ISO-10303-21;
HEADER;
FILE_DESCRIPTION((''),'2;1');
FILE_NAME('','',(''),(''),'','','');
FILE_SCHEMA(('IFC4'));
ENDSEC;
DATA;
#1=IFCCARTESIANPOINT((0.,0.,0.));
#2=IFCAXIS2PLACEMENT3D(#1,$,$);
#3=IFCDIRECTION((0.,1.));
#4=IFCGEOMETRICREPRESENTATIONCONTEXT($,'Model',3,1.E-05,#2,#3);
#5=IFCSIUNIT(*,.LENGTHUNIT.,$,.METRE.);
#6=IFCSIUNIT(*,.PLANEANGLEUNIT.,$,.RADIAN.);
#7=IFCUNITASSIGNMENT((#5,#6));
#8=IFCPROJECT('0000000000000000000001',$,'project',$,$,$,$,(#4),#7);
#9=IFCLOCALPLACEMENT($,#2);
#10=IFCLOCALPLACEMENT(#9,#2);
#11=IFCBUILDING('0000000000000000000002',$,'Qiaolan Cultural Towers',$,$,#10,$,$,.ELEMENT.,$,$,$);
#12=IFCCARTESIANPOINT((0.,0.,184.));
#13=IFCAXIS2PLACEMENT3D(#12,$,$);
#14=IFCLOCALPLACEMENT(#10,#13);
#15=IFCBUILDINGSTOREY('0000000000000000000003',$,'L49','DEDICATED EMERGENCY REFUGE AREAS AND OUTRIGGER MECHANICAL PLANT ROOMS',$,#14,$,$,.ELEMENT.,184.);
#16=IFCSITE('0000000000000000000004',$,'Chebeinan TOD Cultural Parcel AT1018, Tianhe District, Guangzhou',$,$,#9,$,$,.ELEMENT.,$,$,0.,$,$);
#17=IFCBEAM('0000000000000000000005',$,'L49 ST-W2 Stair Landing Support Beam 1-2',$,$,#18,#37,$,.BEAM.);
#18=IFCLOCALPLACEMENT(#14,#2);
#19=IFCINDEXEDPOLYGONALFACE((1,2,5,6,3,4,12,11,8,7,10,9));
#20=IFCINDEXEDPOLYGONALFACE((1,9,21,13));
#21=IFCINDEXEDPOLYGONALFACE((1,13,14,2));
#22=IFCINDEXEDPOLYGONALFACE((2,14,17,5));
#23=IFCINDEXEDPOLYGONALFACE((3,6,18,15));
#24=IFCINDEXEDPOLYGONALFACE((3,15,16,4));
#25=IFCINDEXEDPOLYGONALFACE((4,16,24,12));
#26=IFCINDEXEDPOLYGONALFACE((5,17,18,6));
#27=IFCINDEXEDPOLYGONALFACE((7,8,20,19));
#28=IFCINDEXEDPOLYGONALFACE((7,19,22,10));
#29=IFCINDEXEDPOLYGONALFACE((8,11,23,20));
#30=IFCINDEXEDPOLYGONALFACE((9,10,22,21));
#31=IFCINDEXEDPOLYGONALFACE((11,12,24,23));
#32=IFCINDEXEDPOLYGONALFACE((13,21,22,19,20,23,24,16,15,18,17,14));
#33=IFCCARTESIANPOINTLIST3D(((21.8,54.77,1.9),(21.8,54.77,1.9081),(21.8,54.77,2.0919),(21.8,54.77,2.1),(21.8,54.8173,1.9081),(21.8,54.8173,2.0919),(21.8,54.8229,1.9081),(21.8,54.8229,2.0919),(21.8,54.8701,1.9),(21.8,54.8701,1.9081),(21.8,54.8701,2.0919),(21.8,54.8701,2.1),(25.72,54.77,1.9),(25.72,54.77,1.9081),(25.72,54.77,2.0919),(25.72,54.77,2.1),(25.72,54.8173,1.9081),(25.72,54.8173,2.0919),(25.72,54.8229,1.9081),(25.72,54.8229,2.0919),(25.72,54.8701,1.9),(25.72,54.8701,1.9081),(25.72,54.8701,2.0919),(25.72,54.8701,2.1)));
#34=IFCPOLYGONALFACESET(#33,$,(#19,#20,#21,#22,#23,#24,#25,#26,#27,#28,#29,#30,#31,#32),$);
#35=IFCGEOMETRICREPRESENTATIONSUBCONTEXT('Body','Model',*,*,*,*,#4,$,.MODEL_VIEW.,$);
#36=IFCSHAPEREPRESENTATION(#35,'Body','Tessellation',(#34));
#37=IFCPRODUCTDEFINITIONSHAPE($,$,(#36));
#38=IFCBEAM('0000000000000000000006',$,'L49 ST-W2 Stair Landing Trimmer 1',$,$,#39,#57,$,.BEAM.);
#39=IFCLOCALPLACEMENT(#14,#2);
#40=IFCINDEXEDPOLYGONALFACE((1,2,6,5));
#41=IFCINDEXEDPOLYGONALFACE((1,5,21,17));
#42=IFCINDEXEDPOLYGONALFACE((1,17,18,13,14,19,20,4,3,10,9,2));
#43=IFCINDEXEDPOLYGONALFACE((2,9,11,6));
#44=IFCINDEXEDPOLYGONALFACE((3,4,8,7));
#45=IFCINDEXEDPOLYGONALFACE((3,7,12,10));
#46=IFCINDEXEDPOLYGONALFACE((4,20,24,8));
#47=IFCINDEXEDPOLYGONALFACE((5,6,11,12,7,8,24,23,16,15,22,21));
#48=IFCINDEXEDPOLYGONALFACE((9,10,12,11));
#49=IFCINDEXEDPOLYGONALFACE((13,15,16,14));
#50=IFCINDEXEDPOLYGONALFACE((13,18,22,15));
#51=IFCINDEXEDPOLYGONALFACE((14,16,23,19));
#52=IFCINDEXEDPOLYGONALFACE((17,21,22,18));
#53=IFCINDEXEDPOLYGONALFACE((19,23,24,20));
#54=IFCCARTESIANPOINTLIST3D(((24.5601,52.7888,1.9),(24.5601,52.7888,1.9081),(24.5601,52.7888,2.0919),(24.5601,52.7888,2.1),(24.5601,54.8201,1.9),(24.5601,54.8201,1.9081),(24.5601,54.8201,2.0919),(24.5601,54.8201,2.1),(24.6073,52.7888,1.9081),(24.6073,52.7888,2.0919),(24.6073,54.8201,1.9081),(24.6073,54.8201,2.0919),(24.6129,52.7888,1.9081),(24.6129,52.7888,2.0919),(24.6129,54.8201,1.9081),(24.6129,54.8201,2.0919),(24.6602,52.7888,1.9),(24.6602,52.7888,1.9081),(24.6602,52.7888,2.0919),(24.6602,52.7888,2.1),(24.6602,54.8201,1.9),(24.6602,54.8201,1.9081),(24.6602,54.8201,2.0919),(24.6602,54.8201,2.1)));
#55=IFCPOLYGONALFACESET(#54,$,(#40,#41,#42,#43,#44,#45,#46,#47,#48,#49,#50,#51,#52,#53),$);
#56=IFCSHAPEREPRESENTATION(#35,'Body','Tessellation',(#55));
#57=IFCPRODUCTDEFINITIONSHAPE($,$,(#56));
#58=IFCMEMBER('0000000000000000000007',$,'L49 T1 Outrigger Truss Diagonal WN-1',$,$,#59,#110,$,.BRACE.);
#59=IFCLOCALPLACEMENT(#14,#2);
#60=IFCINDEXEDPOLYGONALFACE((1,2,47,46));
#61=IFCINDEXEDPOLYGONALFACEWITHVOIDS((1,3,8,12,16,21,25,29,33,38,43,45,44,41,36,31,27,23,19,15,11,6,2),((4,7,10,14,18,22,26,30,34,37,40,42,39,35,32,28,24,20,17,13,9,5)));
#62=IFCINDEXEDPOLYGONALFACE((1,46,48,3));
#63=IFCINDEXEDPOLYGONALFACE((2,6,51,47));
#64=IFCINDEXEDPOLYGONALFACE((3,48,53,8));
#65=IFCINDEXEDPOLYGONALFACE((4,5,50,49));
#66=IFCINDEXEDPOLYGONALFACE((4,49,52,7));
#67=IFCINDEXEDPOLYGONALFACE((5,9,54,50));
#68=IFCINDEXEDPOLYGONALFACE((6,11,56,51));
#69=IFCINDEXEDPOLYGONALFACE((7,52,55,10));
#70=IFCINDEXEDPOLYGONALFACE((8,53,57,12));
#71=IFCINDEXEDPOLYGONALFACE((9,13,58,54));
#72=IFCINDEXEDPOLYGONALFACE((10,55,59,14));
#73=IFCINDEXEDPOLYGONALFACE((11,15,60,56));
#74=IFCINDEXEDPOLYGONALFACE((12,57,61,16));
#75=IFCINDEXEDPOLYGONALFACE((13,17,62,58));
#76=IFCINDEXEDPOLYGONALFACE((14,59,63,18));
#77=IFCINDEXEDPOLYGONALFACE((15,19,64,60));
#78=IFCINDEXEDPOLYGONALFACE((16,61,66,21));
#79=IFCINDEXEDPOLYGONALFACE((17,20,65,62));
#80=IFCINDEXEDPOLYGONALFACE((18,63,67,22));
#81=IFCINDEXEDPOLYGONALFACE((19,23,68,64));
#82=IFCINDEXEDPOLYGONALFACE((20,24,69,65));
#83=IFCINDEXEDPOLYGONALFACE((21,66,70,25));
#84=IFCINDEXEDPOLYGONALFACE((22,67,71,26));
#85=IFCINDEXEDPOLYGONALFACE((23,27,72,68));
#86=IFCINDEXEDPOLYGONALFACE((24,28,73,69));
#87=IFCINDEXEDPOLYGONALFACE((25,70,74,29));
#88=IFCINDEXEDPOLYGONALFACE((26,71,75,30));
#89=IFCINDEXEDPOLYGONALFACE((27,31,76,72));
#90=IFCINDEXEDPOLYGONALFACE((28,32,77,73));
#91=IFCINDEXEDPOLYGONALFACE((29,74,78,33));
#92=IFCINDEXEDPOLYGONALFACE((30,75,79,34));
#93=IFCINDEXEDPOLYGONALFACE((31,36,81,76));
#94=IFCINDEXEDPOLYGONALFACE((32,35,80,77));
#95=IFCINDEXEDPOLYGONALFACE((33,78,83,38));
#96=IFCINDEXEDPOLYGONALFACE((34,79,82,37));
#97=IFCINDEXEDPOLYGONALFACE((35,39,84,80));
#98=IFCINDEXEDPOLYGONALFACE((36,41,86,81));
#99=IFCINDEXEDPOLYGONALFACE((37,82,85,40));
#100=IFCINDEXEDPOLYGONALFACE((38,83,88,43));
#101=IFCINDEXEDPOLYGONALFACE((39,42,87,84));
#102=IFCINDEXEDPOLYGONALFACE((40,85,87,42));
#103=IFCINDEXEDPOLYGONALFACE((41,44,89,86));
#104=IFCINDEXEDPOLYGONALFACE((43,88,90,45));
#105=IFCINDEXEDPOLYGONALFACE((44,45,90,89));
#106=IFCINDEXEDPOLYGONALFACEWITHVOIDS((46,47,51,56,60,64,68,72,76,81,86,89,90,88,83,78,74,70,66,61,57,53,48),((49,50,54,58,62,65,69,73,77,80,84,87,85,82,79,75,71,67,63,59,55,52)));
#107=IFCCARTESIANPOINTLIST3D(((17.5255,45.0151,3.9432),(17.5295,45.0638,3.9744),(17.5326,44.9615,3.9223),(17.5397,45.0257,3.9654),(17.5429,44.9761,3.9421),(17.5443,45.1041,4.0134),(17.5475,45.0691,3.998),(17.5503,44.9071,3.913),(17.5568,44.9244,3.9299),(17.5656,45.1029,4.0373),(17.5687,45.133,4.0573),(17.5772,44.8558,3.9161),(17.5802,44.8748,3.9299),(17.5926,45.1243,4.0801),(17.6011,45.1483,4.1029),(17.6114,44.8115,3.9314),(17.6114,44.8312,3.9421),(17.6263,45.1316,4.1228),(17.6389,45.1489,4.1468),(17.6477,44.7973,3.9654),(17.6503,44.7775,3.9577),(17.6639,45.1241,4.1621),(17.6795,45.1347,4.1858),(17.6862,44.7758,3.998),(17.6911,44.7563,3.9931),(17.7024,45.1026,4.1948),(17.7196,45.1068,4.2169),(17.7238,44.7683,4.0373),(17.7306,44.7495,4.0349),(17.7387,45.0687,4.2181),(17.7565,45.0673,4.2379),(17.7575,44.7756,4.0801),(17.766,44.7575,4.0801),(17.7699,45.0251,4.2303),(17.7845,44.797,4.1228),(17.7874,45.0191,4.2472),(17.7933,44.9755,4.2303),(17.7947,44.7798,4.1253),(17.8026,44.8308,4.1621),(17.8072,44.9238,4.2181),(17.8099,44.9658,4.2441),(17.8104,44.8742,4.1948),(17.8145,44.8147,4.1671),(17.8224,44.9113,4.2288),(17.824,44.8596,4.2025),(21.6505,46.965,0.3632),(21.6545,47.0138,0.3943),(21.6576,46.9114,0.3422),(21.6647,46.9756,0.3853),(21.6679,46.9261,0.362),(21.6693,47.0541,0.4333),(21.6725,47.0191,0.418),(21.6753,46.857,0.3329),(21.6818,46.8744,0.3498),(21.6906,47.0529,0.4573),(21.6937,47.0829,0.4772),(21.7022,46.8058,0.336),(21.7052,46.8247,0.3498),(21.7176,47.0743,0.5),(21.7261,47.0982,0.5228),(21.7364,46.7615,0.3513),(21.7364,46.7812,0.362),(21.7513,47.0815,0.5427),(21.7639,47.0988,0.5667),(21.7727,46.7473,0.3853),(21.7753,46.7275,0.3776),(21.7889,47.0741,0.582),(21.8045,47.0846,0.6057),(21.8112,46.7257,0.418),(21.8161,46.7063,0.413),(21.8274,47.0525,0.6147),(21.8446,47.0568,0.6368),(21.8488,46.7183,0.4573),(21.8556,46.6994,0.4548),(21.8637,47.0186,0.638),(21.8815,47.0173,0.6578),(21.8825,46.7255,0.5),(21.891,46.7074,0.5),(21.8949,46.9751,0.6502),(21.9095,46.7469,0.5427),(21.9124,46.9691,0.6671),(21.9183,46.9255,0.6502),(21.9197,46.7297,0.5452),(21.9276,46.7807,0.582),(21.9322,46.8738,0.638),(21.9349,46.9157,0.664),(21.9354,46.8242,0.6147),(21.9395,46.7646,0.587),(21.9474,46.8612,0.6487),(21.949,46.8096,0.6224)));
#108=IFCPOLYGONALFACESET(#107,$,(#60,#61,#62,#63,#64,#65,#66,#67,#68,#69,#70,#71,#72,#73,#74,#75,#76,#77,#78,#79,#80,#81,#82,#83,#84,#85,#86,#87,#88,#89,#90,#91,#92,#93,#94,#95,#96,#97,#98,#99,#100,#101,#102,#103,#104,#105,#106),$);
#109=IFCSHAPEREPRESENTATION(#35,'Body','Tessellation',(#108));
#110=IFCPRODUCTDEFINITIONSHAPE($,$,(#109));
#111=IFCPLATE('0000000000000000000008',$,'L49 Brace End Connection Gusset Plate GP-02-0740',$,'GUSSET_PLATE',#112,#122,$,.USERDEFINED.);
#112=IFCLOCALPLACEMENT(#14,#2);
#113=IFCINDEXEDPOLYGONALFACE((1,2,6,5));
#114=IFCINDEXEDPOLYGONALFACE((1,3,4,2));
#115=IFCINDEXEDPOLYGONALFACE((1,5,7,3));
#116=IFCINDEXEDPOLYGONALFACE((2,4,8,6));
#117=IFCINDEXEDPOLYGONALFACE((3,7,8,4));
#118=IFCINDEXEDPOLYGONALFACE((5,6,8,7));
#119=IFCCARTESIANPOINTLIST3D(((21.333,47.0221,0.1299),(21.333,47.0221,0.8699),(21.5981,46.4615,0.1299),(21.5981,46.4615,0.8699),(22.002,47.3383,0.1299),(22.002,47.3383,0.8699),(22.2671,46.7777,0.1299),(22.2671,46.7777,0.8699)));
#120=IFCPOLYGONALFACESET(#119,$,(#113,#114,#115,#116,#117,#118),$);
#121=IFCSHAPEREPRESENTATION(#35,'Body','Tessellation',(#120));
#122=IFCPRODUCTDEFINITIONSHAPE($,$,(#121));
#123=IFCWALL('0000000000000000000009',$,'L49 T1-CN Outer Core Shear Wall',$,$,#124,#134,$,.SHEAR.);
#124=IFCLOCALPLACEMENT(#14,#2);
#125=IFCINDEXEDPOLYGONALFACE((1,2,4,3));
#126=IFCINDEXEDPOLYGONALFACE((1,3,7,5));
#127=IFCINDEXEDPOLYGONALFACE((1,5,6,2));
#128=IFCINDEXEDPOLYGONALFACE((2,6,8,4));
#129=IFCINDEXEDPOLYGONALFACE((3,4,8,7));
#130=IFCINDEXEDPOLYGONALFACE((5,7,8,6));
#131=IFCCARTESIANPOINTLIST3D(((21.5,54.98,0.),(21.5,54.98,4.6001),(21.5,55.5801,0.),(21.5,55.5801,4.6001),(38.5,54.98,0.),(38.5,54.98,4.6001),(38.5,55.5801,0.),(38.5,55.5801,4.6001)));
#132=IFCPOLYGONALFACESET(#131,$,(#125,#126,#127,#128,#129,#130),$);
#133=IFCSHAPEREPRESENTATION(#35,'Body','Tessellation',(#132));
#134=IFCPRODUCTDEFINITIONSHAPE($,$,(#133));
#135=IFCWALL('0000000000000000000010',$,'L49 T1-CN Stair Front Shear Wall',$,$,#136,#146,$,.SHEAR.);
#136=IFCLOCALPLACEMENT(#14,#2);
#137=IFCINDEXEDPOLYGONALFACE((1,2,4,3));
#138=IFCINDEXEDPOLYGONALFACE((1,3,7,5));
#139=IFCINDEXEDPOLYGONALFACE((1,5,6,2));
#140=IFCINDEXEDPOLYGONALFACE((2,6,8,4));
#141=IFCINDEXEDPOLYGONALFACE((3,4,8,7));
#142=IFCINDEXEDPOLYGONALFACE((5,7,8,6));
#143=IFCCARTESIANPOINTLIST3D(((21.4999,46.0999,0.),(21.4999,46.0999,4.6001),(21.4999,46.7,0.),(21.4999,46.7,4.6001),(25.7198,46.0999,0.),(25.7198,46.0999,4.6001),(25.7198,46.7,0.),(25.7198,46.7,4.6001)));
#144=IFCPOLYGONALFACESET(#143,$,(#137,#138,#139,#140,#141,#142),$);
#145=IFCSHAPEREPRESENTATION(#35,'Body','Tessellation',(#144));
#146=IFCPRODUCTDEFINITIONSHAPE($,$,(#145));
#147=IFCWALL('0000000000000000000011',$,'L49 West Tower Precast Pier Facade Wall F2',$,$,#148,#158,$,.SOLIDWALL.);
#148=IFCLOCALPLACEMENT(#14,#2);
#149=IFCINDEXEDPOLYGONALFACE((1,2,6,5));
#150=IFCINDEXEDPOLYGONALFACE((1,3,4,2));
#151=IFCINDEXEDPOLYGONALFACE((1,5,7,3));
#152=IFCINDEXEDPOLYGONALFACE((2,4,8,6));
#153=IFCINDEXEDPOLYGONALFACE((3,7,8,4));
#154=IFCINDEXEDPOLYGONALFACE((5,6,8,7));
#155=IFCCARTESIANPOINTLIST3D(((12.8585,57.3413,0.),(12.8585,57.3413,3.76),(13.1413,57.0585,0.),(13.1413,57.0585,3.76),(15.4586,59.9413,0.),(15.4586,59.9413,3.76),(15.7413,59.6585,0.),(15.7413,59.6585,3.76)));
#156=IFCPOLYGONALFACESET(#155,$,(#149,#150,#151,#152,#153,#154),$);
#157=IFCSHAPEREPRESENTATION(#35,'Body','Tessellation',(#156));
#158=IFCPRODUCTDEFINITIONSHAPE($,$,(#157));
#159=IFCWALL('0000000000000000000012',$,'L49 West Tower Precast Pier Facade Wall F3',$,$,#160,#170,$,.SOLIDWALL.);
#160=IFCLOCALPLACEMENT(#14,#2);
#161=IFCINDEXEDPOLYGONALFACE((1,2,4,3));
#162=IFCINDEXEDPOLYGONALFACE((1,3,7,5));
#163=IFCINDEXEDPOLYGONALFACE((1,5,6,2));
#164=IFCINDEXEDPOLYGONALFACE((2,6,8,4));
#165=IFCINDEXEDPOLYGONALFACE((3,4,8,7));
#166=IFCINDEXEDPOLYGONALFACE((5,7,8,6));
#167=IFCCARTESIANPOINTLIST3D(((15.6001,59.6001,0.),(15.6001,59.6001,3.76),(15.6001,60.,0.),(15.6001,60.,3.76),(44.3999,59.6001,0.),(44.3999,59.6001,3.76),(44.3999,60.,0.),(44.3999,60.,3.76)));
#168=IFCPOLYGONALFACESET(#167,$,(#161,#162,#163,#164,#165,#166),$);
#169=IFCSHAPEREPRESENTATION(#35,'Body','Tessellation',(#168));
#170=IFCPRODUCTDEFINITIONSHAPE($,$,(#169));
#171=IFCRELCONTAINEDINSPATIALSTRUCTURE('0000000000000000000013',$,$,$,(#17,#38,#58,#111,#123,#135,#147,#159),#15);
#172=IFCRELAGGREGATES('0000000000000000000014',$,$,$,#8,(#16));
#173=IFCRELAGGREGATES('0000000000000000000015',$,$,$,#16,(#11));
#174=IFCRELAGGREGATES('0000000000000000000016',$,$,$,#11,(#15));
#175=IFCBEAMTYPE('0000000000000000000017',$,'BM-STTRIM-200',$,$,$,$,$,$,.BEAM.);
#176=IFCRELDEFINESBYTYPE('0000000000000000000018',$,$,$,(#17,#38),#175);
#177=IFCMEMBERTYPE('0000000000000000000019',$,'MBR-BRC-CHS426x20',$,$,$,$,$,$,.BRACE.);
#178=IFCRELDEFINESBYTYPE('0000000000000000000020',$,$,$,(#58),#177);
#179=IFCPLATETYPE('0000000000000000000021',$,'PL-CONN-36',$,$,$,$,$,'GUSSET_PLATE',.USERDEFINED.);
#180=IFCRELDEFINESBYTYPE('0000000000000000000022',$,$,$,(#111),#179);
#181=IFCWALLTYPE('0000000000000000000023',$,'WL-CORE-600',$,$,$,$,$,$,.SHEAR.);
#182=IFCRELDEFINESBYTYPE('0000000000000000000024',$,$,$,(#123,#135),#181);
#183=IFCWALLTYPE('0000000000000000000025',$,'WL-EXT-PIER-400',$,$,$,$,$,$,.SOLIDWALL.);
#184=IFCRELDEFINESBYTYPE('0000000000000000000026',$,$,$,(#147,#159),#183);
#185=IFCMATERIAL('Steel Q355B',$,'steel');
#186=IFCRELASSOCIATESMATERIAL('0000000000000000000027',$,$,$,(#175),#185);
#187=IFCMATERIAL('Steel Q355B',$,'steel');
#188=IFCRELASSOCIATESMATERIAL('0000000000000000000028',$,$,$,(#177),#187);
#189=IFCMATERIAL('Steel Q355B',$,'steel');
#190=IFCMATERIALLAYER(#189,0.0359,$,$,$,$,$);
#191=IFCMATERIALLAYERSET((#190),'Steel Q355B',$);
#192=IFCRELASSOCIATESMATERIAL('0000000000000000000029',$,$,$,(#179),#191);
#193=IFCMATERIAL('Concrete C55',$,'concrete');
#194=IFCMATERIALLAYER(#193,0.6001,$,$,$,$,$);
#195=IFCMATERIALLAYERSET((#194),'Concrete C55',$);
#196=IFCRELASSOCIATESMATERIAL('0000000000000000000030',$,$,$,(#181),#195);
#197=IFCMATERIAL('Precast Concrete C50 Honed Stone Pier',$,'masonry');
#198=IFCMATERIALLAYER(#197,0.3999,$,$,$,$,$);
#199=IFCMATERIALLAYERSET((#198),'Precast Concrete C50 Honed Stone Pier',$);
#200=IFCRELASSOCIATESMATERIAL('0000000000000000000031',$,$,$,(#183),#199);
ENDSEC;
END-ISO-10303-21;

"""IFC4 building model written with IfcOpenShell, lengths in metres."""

from ifc_helpers import new_model, si_unit, direction, frame, frame_2d, origin, origin_2d, place, context, subcontext, project, spatial, rectangle, hollow_circle, i_section, extrude, material, layer, layer_set, material_profile, profile_set, type_object, element, save


model = new_model("IFC4")

# Units and contexts
model_context = context("Model", 3, precision=1e-05, world=origin(), true_north=direction((0.0, 1.0)))
body_context = subcontext(model_context, "Body", "Model", "MODEL_VIEW")
ifc_project = project(units=[si_unit("LENGTHUNIT", "METRE"), si_unit("PLANEANGLEUNIT", "RADIAN")], contexts=[model_context])

# Site, building, storey
site_placement = place(None, origin())
site = spatial("IfcSite", under=ifc_project, at=site_placement, Name="Chebeinan TOD Cultural Parcel AT1018, Tianhe District, Guangzhou", CompositionType="ELEMENT", RefElevation=0.0)
building_placement = place(site_placement, origin())
building = spatial("IfcBuilding", under=site, at=building_placement, Name="Qiaolan Cultural Towers", CompositionType="ELEMENT")
storey_placement = place(building_placement, frame((0.0, 0.0, 184.0)))
storey = spatial("IfcBuildingStorey", under=building, at=storey_placement, Name="L49", Description="DEDICATED EMERGENCY REFUGE AREAS AND OUTRIGGER MECHANICAL PLANT ROOMS", CompositionType="ELEMENT", Elevation=184.0)

# Beams
ifc_material_1 = material(Name="Steel Q355B", Category="steel")
ifc_material_profile_1 = material_profile(ifc_material_1, i_section(OverallWidth=0.1001, OverallDepth=0.2, WebThickness=0.0056, FlangeThickness=0.0081, at=origin_2d()), Name="HN200x100x5.5x8")
ifc_profile_set_1 = profile_set([ifc_material_profile_1], Name="Steel Q355B")
beam_type_1 = type_object("IfcBeamType", Name="BM-STTRIM-200", PredefinedType="BEAM", material=ifc_profile_set_1)
for number, where, z_axis, x_axis, name in (
    (1, (21.8, 54.8201, 2.0), (1.0, 0.0, 0.0), (0.0, 1.0, 0.0), "L49 ST-W2 Stair Landing Support Beam 1-2"),
):
    element("IfcBeam", number, at=place(storey_placement, frame(where, z_axis=z_axis, x_axis=x_axis)), inside=storey, type_object=beam_type_1, Name=name, PredefinedType="BEAM", context=body_context, shape_type="SweptSolid", body=[
        extrude(i_section(OverallWidth=0.1001, OverallDepth=0.2, WebThickness=0.0056, FlangeThickness=0.0081, at=origin_2d()), origin(), (0.0, 0.0, 1.0), 3.9199),
    ])
beam_1_placement = place(storey_placement, frame((24.6101, 52.7888, 2.0), z_axis=(0.0, 1.0, 0.0), x_axis=(-1.0, 0.0, 0.0)))
element("IfcBeam", 2, at=beam_1_placement, inside=storey, type_object=beam_type_1, Name="L49 ST-W2 Stair Landing Trimmer 1", PredefinedType="BEAM", context=body_context, shape_type="SweptSolid", body=[
    extrude(i_section(OverallWidth=0.1001, OverallDepth=0.2, WebThickness=0.0056, FlangeThickness=0.0081, at=origin_2d()), origin(), (0.0, 0.0, 1.0), 2.0312),
])

# Member
ifc_material_2 = material(Name="Steel Q355B", Category="steel")
ifc_material_profile_2 = material_profile(ifc_material_2, hollow_circle(Radius=0.2129, WallThickness=0.02, at=origin_2d()), Name="CHS426x20")
ifc_profile_set_2 = profile_set([ifc_material_profile_2], Name="Steel Q355B")
member_type = type_object("IfcMemberType", Name="MBR-BRC-CHS426x20", PredefinedType="BRACE", material=ifc_profile_set_2)
member_placement = place(storey_placement, frame((21.8, 46.8999, 0.5), z_axis=(-0.711261, -0.336224, 0.617302), x_axis=(0.427371, -0.904076, 0.0)))
element("IfcMember", 3, at=member_placement, inside=storey, type_object=member_type, Name="L49 T1 Outrigger Truss Diagonal WN-1", PredefinedType="BRACE", context=body_context, shape_type="SweptSolid", body=[
    extrude(hollow_circle(Radius=0.2129, WallThickness=0.02, at=origin_2d()), origin(), (0.0, 0.0, 1.0), 5.7996),
])

# Plate
ifc_material_3 = material(Name="Steel Q355B", Category="steel")
ifc_layer_1 = layer(ifc_material_3, 0.0359)
ifc_layer_set_1 = layer_set([ifc_layer_1], Name="Steel Q355B")
plate_type = type_object("IfcPlateType", Name="PL-CONN-36", ElementType="GUSSET_PLATE", PredefinedType="USERDEFINED", material=ifc_layer_set_1)
plate_placement = place(storey_placement, frame((21.8, 46.8999, 0.1299), z_axis=(0.0, 0.0, 1.0), x_axis=(0.904072, 0.42738, 0.0)))
element("IfcPlate", 4, at=plate_placement, inside=storey, type_object=plate_type, Name="L49 Brace End Connection Gusset Plate GP-02-0740", ObjectType="GUSSET_PLATE", PredefinedType="USERDEFINED", context=body_context, shape_type="SweptSolid", body=[
    extrude(rectangle(XDim=0.74, YDim=0.6201, at=origin_2d()), origin(), (0.0, 0.0, 1.0), 0.74),
])

# Walls
ifc_material_4 = material(Name="Concrete C55", Category="concrete")
ifc_layer_2 = layer(ifc_material_4, 0.6001)
ifc_layer_set_2 = layer_set([ifc_layer_2], Name="Concrete C55")
wall_type_1 = type_object("IfcWallType", Name="WL-CORE-600", PredefinedType="SHEAR", material=ifc_layer_set_2)
wall_1_placement = place(storey_placement, frame((21.5, 55.28, 0.0), z_axis=(0.0, 0.0, 1.0), x_axis=(1.0, 0.0, 0.0)))
element("IfcWall", 5, at=wall_1_placement, inside=storey, type_object=wall_type_1, Name="L49 T1-CN Outer Core Shear Wall", PredefinedType="SHEAR", context=body_context, shape_type="SweptSolid", body=[
    extrude(rectangle(XDim=17.0, YDim=0.6001, at=frame_2d((8.5, 0.0))), origin(), (0.0, 0.0, 1.0), 4.6001),
])
wall_2_placement = place(storey_placement, frame((21.5, 46.3999, 0.0), z_axis=(0.0, 0.0, 1.0), x_axis=(1.0, 0.0, 0.0)))
element("IfcWall", 6, at=wall_2_placement, inside=storey, type_object=wall_type_1, Name="L49 T1-CN Stair Front Shear Wall", PredefinedType="SHEAR", context=body_context, shape_type="SweptSolid", body=[
    extrude(rectangle(XDim=4.22, YDim=0.6001, at=frame_2d((2.1099, 0.0))), origin(), (0.0, 0.0, 1.0), 4.6001),
])
ifc_material_5 = material(Name="Precast Concrete C50 Honed Stone Pier", Category="masonry")
ifc_layer_3 = layer(ifc_material_5, 0.3999)
ifc_layer_set_3 = layer_set([ifc_layer_3], Name="Precast Concrete C50 Honed Stone Pier")
wall_type_2 = type_object("IfcWallType", Name="WL-EXT-PIER-400", PredefinedType="SOLIDWALL", material=ifc_layer_set_3)
wall_3_placement = place(storey_placement, frame((13.0, 57.2, 0.0), z_axis=(0.0, 0.0, 1.0), x_axis=(0.707107, 0.707107, 0.0)))
element("IfcWall", 7, at=wall_3_placement, inside=storey, type_object=wall_type_2, Name="L49 West Tower Precast Pier Facade Wall F2", PredefinedType="SOLIDWALL", context=body_context, shape_type="SweptSolid", body=[
    extrude(rectangle(XDim=3.677, YDim=0.3999, at=frame_2d((1.8384, 0.0))), origin(), (0.0, 0.0, 1.0), 3.76),
])
wall_4_placement = place(storey_placement, frame((15.6001, 59.8, 0.0), z_axis=(0.0, 0.0, 1.0), x_axis=(1.0, 0.0, 0.0)))
element("IfcWall", 8, at=wall_4_placement, inside=storey, type_object=wall_type_2, Name="L49 West Tower Precast Pier Facade Wall F3", PredefinedType="SOLIDWALL", context=body_context, shape_type="SweptSolid", body=[
    extrude(rectangle(XDim=28.7998, YDim=0.3999, at=frame_2d((14.3999, 0.0))), origin(), (0.0, 0.0, 1.0), 3.76),
])

save(model, "model.ifc")
